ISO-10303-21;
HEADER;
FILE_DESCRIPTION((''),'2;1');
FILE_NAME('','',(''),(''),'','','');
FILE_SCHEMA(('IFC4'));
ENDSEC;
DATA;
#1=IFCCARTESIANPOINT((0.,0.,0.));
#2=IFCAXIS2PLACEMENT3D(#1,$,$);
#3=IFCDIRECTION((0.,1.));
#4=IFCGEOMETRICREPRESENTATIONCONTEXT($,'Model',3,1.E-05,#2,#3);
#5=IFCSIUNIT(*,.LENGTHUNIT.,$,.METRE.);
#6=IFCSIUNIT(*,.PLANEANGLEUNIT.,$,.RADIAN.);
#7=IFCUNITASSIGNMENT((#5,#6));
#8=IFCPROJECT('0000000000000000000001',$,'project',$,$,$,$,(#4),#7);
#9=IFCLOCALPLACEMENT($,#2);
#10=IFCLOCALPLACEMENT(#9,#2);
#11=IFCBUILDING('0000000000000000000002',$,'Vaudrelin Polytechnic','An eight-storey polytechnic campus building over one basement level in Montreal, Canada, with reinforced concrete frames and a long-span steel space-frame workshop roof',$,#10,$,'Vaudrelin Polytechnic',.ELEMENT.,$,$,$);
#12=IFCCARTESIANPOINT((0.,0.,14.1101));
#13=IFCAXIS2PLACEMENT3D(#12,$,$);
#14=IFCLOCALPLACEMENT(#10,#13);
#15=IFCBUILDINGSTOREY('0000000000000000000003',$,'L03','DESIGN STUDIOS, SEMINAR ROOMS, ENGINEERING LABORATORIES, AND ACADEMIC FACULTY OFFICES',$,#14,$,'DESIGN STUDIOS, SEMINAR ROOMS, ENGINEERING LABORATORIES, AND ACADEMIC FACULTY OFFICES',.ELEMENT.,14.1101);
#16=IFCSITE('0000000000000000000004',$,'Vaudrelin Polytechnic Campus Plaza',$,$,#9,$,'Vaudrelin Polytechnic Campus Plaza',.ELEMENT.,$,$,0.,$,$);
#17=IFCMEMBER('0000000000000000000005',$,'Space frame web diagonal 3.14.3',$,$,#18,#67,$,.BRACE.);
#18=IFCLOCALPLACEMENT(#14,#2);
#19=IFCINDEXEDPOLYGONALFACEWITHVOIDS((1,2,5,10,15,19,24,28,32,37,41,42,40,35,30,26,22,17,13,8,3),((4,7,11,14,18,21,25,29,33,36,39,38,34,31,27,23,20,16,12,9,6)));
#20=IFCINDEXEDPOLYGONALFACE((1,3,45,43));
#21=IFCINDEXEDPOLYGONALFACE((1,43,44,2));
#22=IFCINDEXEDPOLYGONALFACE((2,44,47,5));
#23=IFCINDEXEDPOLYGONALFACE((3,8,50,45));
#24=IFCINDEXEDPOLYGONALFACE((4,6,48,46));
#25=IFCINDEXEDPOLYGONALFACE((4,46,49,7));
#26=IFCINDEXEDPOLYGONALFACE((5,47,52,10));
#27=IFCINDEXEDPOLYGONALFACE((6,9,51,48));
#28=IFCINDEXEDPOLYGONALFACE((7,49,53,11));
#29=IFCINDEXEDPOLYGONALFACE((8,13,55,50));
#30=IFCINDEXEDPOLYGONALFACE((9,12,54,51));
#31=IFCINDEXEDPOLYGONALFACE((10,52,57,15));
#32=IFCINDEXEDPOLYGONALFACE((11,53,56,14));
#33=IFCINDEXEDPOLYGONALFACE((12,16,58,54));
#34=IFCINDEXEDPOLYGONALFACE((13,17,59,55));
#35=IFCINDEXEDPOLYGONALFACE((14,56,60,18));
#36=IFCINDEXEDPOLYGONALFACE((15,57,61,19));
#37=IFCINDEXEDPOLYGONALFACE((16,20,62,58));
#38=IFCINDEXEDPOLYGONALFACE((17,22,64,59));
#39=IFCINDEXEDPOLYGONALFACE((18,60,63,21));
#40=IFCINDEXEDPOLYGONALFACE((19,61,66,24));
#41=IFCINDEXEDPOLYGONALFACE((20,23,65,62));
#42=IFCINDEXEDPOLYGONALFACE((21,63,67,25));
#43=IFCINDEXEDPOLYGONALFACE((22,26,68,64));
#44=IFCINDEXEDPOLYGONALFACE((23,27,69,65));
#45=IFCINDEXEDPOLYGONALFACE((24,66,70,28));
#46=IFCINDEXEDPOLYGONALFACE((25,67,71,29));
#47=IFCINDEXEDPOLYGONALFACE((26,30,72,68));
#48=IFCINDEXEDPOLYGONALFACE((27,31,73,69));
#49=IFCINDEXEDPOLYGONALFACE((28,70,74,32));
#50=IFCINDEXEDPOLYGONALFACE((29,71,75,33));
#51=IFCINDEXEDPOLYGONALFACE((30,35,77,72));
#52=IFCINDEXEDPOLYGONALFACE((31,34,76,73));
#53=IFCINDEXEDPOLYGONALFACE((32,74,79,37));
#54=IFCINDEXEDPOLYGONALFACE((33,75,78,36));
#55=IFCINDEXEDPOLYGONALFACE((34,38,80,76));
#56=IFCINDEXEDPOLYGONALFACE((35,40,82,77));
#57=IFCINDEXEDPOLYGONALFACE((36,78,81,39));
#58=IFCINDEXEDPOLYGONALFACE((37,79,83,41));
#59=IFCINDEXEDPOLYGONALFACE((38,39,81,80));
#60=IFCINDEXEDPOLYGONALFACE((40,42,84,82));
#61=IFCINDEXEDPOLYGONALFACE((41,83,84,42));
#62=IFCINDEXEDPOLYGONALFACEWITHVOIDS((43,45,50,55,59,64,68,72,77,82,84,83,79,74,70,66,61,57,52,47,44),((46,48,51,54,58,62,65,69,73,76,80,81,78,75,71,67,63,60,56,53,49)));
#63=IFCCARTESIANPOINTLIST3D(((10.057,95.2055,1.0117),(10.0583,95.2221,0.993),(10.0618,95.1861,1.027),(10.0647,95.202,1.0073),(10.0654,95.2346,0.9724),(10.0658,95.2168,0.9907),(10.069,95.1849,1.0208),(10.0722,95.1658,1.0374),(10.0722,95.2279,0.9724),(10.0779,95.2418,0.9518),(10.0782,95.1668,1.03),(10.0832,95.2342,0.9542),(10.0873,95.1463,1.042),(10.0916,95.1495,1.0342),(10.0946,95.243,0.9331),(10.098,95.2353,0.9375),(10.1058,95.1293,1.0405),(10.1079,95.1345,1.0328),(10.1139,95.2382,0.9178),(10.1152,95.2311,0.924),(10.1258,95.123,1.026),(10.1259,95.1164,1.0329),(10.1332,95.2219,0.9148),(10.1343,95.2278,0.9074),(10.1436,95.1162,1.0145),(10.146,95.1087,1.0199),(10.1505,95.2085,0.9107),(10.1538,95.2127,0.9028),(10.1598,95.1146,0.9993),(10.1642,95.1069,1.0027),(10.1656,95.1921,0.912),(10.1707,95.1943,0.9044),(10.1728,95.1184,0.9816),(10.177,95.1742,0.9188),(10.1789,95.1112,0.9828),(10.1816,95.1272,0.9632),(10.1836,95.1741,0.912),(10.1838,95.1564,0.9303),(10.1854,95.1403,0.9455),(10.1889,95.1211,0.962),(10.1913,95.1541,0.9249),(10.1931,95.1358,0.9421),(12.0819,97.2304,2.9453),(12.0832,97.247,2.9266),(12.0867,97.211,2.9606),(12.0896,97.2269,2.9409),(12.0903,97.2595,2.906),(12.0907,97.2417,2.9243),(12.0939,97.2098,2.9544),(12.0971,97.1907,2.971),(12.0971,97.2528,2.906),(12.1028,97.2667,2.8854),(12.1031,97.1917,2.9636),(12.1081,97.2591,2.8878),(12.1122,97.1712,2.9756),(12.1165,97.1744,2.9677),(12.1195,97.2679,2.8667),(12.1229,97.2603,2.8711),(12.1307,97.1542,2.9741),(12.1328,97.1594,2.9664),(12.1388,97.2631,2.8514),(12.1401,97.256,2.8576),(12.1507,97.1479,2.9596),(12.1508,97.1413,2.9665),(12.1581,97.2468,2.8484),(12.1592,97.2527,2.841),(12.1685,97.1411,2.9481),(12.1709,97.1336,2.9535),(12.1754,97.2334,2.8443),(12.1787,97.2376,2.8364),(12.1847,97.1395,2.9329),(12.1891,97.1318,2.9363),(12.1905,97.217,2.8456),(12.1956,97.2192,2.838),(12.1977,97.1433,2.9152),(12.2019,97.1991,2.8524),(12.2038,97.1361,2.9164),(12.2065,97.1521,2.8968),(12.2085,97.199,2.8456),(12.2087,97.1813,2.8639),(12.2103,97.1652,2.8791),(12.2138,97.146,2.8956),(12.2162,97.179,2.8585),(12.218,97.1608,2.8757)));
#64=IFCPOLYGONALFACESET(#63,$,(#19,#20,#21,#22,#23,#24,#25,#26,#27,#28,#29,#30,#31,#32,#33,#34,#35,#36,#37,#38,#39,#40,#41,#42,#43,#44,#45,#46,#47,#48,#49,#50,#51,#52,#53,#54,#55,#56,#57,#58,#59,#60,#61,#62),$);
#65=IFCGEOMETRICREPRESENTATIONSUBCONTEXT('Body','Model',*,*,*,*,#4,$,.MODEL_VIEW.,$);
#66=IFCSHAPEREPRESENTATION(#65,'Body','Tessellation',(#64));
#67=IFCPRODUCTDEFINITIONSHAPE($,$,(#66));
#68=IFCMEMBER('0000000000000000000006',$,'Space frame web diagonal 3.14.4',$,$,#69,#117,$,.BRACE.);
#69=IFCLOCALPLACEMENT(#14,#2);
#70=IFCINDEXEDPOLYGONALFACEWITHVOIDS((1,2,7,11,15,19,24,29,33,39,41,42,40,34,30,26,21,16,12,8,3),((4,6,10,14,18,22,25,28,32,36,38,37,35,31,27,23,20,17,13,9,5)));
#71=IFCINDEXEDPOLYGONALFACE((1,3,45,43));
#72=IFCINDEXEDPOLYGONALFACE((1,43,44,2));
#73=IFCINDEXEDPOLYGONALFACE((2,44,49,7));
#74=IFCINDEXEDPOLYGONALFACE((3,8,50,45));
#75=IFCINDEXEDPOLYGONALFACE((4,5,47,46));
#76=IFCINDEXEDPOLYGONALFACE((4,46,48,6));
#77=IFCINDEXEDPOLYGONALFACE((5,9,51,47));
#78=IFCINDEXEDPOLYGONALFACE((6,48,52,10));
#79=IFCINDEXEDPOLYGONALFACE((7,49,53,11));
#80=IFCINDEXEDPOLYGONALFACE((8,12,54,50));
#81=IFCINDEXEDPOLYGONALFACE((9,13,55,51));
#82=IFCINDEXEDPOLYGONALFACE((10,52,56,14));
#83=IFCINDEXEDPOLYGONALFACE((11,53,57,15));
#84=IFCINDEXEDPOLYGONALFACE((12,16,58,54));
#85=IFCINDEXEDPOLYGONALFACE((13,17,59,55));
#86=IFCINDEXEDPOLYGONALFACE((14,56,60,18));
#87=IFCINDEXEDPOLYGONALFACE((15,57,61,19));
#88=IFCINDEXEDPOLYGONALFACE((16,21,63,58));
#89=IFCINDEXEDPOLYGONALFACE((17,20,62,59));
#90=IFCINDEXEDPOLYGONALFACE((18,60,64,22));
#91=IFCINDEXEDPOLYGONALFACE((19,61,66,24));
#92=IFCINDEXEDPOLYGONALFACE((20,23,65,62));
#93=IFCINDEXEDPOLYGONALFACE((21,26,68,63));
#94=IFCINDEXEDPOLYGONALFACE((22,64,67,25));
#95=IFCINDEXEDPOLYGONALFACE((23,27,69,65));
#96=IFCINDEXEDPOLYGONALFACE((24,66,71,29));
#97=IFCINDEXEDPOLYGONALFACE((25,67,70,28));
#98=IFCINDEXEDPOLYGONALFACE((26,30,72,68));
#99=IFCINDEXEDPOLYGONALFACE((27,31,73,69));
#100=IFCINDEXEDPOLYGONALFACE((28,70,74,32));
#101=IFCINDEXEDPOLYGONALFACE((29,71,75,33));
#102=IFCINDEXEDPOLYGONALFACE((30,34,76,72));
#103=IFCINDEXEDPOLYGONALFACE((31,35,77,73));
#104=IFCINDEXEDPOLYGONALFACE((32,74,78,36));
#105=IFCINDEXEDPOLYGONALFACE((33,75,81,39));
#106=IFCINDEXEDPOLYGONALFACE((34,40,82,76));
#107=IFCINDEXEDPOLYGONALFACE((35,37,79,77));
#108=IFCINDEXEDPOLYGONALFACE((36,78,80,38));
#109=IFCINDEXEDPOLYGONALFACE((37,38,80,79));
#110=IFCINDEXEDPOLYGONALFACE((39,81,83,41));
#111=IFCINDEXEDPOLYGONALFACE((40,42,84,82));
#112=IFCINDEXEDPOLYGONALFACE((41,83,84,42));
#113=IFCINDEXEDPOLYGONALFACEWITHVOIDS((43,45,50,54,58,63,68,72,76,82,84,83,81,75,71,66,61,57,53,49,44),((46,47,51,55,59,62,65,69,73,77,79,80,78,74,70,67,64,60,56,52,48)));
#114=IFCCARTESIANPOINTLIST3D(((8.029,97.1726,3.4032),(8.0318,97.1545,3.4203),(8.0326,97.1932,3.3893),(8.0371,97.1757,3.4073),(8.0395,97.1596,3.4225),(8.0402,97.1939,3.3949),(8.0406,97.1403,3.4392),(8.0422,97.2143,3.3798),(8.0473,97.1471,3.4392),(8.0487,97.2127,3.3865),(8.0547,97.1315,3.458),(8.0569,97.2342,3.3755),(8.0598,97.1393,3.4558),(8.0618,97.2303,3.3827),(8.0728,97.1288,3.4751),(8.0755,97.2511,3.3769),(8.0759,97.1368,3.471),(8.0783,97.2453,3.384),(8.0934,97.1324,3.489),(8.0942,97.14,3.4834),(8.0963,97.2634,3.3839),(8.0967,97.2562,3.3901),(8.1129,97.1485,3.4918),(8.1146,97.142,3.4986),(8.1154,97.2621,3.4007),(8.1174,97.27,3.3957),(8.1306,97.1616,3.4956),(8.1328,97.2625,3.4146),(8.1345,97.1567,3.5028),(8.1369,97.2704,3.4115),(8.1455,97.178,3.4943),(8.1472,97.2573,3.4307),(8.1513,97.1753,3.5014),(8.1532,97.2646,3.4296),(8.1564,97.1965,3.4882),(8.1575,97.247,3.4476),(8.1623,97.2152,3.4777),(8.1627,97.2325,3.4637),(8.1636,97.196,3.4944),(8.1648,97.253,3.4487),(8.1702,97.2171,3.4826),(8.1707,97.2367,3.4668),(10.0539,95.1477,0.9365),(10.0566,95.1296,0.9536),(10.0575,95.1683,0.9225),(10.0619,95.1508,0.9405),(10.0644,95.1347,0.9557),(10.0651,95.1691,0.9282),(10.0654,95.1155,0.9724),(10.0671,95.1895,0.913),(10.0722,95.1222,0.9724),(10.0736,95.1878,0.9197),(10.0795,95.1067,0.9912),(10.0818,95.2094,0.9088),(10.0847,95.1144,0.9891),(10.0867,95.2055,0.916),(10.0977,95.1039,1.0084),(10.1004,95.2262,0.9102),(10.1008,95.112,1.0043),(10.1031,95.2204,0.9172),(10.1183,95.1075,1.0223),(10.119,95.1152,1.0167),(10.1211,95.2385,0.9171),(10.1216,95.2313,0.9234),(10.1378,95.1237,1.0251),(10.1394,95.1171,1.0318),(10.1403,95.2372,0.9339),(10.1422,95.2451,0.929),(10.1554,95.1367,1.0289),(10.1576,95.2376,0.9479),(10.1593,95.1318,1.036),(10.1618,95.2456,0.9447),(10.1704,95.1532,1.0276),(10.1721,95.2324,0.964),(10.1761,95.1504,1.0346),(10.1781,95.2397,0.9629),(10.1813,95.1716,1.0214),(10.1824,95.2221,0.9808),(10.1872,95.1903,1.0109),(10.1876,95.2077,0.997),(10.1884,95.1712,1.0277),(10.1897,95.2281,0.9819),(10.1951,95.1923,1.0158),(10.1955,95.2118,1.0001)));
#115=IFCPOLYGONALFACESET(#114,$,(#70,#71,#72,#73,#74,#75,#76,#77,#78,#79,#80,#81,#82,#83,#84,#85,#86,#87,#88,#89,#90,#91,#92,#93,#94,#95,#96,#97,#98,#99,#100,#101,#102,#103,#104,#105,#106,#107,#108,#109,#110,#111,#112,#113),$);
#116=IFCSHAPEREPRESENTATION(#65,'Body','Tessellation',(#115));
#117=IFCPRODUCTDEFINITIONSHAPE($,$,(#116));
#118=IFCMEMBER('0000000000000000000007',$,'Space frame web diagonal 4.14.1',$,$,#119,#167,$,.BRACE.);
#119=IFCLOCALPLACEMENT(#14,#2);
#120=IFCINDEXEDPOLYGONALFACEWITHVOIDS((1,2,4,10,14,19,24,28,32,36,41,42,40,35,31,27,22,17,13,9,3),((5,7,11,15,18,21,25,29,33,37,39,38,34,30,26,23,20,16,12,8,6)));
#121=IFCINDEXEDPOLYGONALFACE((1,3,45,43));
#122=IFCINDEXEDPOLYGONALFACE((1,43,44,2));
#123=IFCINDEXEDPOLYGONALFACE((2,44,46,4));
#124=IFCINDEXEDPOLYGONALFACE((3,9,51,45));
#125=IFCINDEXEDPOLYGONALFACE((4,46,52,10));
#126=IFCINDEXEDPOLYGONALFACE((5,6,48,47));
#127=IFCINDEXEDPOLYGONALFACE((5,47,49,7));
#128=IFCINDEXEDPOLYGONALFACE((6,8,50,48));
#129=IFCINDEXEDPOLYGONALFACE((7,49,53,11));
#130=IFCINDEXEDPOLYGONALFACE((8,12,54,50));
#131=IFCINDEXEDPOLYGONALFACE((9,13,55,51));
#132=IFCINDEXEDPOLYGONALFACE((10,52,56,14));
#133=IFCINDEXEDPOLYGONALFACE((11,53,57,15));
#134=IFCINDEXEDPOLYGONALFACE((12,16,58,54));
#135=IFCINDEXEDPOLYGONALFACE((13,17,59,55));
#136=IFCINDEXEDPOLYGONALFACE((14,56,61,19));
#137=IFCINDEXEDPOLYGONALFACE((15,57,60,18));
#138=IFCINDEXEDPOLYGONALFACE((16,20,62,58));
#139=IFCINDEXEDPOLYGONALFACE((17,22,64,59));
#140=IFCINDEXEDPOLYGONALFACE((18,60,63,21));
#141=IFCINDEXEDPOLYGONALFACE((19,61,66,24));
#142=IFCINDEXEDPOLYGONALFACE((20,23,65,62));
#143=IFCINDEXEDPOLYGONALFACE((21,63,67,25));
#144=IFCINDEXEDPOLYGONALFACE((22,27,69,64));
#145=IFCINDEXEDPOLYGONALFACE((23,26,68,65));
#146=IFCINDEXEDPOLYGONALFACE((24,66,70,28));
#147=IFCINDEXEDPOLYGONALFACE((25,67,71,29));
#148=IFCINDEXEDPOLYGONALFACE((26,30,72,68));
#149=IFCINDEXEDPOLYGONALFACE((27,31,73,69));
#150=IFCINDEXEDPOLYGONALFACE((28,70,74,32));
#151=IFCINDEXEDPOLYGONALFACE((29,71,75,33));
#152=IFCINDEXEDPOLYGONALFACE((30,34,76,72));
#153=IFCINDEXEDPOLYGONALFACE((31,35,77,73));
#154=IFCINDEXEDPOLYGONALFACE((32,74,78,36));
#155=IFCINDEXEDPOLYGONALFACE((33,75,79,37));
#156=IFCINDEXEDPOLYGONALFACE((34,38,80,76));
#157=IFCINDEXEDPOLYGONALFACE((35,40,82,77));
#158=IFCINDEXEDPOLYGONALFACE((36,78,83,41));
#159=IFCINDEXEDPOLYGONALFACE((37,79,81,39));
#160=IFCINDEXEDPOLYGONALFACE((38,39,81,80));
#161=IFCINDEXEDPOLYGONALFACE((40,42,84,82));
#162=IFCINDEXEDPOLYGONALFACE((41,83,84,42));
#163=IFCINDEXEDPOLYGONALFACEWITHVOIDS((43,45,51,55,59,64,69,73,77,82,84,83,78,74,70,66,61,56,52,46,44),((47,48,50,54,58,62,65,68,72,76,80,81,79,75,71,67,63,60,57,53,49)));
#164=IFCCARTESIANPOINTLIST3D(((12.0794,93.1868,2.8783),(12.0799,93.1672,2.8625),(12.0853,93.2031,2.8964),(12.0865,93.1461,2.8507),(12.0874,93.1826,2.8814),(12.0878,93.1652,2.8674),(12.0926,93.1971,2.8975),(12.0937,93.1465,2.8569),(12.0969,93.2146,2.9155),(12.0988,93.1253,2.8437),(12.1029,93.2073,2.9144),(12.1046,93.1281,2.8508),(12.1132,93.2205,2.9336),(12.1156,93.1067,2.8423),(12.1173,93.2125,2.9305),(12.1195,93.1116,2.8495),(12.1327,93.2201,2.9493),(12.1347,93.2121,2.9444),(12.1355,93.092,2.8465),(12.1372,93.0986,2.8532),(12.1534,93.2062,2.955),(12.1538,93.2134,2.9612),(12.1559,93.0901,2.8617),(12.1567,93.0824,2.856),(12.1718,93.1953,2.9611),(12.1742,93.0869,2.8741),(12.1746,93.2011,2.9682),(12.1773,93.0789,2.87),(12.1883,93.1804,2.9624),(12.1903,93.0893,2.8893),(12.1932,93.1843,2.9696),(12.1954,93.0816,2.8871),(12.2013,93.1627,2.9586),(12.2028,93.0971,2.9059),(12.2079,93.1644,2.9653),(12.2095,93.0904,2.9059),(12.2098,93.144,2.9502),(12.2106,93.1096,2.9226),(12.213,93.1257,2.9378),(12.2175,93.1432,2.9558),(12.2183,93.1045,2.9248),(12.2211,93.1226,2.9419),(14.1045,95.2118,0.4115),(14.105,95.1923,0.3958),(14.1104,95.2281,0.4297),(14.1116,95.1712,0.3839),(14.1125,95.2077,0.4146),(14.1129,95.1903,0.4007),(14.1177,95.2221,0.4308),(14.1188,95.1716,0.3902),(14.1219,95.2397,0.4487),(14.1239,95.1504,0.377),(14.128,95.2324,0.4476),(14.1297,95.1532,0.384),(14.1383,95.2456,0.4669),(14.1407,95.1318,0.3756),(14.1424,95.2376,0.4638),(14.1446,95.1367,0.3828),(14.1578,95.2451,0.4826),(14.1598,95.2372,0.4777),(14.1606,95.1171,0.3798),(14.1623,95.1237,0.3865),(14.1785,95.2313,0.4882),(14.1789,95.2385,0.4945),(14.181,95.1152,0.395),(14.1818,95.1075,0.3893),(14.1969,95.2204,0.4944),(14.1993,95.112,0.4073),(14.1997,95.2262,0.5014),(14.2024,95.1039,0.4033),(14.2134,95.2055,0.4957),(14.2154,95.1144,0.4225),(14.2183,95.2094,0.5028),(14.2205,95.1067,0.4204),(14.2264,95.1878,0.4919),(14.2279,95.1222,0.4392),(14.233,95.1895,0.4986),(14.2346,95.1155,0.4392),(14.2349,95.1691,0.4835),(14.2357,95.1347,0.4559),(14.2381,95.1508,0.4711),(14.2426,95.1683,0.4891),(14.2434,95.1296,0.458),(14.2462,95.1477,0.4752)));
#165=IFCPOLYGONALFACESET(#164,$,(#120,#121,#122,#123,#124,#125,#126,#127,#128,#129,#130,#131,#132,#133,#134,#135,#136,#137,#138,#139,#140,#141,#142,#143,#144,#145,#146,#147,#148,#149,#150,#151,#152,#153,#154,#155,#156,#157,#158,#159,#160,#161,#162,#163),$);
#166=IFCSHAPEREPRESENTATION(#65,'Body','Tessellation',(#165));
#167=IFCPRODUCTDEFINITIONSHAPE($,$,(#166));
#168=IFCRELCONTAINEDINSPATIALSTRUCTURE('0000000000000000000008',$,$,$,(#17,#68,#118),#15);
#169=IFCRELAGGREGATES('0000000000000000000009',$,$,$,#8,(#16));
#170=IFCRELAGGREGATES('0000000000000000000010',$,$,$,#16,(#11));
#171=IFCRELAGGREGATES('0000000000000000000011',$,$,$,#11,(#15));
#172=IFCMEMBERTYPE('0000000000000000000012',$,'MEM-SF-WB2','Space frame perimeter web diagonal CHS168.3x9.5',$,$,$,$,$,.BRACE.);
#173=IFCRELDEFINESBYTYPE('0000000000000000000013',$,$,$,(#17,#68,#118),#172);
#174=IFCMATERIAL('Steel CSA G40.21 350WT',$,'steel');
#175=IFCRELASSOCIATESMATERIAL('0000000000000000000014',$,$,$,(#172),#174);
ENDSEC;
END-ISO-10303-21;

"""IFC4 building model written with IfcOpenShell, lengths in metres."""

from ifc_helpers import new_model, si_unit, direction, frame, origin, origin_2d, place, context, subcontext, project, spatial, hollow_circle, extrude, material, material_profile, profile_set, type_object, element, save


model = new_model("IFC4")

# Units and contexts
model_context = context("Model", 3, precision=1e-05, world=origin(), true_north=direction((0.0, 1.0)))
body_context = subcontext(model_context, "Body", "Model", "MODEL_VIEW")
ifc_project = project(units=[si_unit("LENGTHUNIT", "METRE"), si_unit("PLANEANGLEUNIT", "RADIAN")], contexts=[model_context])

# Site, building, storey
site_placement = place(None, origin())
site = spatial("IfcSite", under=ifc_project, at=site_placement, Name="Vaudrelin Polytechnic Campus Plaza", LongName="Vaudrelin Polytechnic Campus Plaza", CompositionType="ELEMENT", RefElevation=0.0)
building_placement = place(site_placement, origin())
building = spatial("IfcBuilding", under=site, at=building_placement, Name="Vaudrelin Polytechnic", Description="An eight-storey polytechnic campus building over one basement level in Montreal, Canada, with reinforced concrete frames and a long-span steel space-frame workshop roof", LongName="Vaudrelin Polytechnic", CompositionType="ELEMENT")
storey_placement = place(building_placement, frame((0.0, 0.0, 14.1101)))
storey = spatial("IfcBuildingStorey", under=building, at=storey_placement, Name="L03", Description="DESIGN STUDIOS, SEMINAR ROOMS, ENGINEERING LABORATORIES, AND ACADEMIC FACULTY OFFICES", LongName="DESIGN STUDIOS, SEMINAR ROOMS, ENGINEERING LABORATORIES, AND ACADEMIC FACULTY OFFICES", CompositionType="ELEMENT", Elevation=14.1101)

# Members
ifc_material_1 = material(Name="Steel CSA G40.21 350WT", Category="steel")
ifc_material_profile_1 = material_profile(ifc_material_1, hollow_circle(Radius=0.0842, WallThickness=0.0095, at=origin_2d()), Name="CHS168.3x9.5")
ifc_profile_set_1 = profile_set([ifc_material_profile_1], Name="Steel CSA G40.21 350WT")
member_type_1 = type_object("IfcMemberType", Name="MEM-SF-WB2", Description="Space frame perimeter web diagonal CHS168.3x9.5", PredefinedType="BRACE", material=ifc_profile_set_1)
member_1_placement = place(storey_placement, frame((10.125, 95.175, 0.9724), z_axis=(0.586024, 0.586024, 0.559599), x_axis=(-0.707107, 0.707107, 0.0)))
element("IfcMember", 1, at=member_1_placement, inside=storey, type_object=member_type_1, Name="Space frame web diagonal 3.14.3", PredefinedType="BRACE", context=body_context, shape_type="SweptSolid", body=[
    extrude(hollow_circle(Radius=0.0842, WallThickness=0.0095, at=origin_2d()), origin(), (0.0, 0.0, 1.0), 3.4553),
])
member_2_placement = place(storey_placement, frame((10.125, 95.175, 0.9724), z_axis=(-0.535742, 0.535742, 0.652657), x_axis=(-0.707107, -0.707107, 0.0)))
element("IfcMember", 2, at=member_2_placement, inside=storey, type_object=member_type_1, Name="Space frame web diagonal 3.14.4", PredefinedType="BRACE", context=body_context, shape_type="SweptSolid", body=[
    extrude(hollow_circle(Radius=0.0842, WallThickness=0.0095, at=origin_2d()), origin(), (0.0, 0.0, 1.0), 3.7795),
])
member_3_placement = place(storey_placement, frame((14.175, 95.175, 0.4392), z_axis=(-0.535769, -0.535769, 0.652612), x_axis=(0.707107, -0.707107, 0.0)))
element("IfcMember", 3, at=member_3_placement, inside=storey, type_object=member_type_1, Name="Space frame web diagonal 4.14.1", PredefinedType="BRACE", context=body_context, shape_type="SweptSolid", body=[
    extrude(hollow_circle(Radius=0.0842, WallThickness=0.0095, at=origin_2d()), origin(), (0.0, 0.0, 1.0), 3.7798),
])

save(model, "model.ifc")
